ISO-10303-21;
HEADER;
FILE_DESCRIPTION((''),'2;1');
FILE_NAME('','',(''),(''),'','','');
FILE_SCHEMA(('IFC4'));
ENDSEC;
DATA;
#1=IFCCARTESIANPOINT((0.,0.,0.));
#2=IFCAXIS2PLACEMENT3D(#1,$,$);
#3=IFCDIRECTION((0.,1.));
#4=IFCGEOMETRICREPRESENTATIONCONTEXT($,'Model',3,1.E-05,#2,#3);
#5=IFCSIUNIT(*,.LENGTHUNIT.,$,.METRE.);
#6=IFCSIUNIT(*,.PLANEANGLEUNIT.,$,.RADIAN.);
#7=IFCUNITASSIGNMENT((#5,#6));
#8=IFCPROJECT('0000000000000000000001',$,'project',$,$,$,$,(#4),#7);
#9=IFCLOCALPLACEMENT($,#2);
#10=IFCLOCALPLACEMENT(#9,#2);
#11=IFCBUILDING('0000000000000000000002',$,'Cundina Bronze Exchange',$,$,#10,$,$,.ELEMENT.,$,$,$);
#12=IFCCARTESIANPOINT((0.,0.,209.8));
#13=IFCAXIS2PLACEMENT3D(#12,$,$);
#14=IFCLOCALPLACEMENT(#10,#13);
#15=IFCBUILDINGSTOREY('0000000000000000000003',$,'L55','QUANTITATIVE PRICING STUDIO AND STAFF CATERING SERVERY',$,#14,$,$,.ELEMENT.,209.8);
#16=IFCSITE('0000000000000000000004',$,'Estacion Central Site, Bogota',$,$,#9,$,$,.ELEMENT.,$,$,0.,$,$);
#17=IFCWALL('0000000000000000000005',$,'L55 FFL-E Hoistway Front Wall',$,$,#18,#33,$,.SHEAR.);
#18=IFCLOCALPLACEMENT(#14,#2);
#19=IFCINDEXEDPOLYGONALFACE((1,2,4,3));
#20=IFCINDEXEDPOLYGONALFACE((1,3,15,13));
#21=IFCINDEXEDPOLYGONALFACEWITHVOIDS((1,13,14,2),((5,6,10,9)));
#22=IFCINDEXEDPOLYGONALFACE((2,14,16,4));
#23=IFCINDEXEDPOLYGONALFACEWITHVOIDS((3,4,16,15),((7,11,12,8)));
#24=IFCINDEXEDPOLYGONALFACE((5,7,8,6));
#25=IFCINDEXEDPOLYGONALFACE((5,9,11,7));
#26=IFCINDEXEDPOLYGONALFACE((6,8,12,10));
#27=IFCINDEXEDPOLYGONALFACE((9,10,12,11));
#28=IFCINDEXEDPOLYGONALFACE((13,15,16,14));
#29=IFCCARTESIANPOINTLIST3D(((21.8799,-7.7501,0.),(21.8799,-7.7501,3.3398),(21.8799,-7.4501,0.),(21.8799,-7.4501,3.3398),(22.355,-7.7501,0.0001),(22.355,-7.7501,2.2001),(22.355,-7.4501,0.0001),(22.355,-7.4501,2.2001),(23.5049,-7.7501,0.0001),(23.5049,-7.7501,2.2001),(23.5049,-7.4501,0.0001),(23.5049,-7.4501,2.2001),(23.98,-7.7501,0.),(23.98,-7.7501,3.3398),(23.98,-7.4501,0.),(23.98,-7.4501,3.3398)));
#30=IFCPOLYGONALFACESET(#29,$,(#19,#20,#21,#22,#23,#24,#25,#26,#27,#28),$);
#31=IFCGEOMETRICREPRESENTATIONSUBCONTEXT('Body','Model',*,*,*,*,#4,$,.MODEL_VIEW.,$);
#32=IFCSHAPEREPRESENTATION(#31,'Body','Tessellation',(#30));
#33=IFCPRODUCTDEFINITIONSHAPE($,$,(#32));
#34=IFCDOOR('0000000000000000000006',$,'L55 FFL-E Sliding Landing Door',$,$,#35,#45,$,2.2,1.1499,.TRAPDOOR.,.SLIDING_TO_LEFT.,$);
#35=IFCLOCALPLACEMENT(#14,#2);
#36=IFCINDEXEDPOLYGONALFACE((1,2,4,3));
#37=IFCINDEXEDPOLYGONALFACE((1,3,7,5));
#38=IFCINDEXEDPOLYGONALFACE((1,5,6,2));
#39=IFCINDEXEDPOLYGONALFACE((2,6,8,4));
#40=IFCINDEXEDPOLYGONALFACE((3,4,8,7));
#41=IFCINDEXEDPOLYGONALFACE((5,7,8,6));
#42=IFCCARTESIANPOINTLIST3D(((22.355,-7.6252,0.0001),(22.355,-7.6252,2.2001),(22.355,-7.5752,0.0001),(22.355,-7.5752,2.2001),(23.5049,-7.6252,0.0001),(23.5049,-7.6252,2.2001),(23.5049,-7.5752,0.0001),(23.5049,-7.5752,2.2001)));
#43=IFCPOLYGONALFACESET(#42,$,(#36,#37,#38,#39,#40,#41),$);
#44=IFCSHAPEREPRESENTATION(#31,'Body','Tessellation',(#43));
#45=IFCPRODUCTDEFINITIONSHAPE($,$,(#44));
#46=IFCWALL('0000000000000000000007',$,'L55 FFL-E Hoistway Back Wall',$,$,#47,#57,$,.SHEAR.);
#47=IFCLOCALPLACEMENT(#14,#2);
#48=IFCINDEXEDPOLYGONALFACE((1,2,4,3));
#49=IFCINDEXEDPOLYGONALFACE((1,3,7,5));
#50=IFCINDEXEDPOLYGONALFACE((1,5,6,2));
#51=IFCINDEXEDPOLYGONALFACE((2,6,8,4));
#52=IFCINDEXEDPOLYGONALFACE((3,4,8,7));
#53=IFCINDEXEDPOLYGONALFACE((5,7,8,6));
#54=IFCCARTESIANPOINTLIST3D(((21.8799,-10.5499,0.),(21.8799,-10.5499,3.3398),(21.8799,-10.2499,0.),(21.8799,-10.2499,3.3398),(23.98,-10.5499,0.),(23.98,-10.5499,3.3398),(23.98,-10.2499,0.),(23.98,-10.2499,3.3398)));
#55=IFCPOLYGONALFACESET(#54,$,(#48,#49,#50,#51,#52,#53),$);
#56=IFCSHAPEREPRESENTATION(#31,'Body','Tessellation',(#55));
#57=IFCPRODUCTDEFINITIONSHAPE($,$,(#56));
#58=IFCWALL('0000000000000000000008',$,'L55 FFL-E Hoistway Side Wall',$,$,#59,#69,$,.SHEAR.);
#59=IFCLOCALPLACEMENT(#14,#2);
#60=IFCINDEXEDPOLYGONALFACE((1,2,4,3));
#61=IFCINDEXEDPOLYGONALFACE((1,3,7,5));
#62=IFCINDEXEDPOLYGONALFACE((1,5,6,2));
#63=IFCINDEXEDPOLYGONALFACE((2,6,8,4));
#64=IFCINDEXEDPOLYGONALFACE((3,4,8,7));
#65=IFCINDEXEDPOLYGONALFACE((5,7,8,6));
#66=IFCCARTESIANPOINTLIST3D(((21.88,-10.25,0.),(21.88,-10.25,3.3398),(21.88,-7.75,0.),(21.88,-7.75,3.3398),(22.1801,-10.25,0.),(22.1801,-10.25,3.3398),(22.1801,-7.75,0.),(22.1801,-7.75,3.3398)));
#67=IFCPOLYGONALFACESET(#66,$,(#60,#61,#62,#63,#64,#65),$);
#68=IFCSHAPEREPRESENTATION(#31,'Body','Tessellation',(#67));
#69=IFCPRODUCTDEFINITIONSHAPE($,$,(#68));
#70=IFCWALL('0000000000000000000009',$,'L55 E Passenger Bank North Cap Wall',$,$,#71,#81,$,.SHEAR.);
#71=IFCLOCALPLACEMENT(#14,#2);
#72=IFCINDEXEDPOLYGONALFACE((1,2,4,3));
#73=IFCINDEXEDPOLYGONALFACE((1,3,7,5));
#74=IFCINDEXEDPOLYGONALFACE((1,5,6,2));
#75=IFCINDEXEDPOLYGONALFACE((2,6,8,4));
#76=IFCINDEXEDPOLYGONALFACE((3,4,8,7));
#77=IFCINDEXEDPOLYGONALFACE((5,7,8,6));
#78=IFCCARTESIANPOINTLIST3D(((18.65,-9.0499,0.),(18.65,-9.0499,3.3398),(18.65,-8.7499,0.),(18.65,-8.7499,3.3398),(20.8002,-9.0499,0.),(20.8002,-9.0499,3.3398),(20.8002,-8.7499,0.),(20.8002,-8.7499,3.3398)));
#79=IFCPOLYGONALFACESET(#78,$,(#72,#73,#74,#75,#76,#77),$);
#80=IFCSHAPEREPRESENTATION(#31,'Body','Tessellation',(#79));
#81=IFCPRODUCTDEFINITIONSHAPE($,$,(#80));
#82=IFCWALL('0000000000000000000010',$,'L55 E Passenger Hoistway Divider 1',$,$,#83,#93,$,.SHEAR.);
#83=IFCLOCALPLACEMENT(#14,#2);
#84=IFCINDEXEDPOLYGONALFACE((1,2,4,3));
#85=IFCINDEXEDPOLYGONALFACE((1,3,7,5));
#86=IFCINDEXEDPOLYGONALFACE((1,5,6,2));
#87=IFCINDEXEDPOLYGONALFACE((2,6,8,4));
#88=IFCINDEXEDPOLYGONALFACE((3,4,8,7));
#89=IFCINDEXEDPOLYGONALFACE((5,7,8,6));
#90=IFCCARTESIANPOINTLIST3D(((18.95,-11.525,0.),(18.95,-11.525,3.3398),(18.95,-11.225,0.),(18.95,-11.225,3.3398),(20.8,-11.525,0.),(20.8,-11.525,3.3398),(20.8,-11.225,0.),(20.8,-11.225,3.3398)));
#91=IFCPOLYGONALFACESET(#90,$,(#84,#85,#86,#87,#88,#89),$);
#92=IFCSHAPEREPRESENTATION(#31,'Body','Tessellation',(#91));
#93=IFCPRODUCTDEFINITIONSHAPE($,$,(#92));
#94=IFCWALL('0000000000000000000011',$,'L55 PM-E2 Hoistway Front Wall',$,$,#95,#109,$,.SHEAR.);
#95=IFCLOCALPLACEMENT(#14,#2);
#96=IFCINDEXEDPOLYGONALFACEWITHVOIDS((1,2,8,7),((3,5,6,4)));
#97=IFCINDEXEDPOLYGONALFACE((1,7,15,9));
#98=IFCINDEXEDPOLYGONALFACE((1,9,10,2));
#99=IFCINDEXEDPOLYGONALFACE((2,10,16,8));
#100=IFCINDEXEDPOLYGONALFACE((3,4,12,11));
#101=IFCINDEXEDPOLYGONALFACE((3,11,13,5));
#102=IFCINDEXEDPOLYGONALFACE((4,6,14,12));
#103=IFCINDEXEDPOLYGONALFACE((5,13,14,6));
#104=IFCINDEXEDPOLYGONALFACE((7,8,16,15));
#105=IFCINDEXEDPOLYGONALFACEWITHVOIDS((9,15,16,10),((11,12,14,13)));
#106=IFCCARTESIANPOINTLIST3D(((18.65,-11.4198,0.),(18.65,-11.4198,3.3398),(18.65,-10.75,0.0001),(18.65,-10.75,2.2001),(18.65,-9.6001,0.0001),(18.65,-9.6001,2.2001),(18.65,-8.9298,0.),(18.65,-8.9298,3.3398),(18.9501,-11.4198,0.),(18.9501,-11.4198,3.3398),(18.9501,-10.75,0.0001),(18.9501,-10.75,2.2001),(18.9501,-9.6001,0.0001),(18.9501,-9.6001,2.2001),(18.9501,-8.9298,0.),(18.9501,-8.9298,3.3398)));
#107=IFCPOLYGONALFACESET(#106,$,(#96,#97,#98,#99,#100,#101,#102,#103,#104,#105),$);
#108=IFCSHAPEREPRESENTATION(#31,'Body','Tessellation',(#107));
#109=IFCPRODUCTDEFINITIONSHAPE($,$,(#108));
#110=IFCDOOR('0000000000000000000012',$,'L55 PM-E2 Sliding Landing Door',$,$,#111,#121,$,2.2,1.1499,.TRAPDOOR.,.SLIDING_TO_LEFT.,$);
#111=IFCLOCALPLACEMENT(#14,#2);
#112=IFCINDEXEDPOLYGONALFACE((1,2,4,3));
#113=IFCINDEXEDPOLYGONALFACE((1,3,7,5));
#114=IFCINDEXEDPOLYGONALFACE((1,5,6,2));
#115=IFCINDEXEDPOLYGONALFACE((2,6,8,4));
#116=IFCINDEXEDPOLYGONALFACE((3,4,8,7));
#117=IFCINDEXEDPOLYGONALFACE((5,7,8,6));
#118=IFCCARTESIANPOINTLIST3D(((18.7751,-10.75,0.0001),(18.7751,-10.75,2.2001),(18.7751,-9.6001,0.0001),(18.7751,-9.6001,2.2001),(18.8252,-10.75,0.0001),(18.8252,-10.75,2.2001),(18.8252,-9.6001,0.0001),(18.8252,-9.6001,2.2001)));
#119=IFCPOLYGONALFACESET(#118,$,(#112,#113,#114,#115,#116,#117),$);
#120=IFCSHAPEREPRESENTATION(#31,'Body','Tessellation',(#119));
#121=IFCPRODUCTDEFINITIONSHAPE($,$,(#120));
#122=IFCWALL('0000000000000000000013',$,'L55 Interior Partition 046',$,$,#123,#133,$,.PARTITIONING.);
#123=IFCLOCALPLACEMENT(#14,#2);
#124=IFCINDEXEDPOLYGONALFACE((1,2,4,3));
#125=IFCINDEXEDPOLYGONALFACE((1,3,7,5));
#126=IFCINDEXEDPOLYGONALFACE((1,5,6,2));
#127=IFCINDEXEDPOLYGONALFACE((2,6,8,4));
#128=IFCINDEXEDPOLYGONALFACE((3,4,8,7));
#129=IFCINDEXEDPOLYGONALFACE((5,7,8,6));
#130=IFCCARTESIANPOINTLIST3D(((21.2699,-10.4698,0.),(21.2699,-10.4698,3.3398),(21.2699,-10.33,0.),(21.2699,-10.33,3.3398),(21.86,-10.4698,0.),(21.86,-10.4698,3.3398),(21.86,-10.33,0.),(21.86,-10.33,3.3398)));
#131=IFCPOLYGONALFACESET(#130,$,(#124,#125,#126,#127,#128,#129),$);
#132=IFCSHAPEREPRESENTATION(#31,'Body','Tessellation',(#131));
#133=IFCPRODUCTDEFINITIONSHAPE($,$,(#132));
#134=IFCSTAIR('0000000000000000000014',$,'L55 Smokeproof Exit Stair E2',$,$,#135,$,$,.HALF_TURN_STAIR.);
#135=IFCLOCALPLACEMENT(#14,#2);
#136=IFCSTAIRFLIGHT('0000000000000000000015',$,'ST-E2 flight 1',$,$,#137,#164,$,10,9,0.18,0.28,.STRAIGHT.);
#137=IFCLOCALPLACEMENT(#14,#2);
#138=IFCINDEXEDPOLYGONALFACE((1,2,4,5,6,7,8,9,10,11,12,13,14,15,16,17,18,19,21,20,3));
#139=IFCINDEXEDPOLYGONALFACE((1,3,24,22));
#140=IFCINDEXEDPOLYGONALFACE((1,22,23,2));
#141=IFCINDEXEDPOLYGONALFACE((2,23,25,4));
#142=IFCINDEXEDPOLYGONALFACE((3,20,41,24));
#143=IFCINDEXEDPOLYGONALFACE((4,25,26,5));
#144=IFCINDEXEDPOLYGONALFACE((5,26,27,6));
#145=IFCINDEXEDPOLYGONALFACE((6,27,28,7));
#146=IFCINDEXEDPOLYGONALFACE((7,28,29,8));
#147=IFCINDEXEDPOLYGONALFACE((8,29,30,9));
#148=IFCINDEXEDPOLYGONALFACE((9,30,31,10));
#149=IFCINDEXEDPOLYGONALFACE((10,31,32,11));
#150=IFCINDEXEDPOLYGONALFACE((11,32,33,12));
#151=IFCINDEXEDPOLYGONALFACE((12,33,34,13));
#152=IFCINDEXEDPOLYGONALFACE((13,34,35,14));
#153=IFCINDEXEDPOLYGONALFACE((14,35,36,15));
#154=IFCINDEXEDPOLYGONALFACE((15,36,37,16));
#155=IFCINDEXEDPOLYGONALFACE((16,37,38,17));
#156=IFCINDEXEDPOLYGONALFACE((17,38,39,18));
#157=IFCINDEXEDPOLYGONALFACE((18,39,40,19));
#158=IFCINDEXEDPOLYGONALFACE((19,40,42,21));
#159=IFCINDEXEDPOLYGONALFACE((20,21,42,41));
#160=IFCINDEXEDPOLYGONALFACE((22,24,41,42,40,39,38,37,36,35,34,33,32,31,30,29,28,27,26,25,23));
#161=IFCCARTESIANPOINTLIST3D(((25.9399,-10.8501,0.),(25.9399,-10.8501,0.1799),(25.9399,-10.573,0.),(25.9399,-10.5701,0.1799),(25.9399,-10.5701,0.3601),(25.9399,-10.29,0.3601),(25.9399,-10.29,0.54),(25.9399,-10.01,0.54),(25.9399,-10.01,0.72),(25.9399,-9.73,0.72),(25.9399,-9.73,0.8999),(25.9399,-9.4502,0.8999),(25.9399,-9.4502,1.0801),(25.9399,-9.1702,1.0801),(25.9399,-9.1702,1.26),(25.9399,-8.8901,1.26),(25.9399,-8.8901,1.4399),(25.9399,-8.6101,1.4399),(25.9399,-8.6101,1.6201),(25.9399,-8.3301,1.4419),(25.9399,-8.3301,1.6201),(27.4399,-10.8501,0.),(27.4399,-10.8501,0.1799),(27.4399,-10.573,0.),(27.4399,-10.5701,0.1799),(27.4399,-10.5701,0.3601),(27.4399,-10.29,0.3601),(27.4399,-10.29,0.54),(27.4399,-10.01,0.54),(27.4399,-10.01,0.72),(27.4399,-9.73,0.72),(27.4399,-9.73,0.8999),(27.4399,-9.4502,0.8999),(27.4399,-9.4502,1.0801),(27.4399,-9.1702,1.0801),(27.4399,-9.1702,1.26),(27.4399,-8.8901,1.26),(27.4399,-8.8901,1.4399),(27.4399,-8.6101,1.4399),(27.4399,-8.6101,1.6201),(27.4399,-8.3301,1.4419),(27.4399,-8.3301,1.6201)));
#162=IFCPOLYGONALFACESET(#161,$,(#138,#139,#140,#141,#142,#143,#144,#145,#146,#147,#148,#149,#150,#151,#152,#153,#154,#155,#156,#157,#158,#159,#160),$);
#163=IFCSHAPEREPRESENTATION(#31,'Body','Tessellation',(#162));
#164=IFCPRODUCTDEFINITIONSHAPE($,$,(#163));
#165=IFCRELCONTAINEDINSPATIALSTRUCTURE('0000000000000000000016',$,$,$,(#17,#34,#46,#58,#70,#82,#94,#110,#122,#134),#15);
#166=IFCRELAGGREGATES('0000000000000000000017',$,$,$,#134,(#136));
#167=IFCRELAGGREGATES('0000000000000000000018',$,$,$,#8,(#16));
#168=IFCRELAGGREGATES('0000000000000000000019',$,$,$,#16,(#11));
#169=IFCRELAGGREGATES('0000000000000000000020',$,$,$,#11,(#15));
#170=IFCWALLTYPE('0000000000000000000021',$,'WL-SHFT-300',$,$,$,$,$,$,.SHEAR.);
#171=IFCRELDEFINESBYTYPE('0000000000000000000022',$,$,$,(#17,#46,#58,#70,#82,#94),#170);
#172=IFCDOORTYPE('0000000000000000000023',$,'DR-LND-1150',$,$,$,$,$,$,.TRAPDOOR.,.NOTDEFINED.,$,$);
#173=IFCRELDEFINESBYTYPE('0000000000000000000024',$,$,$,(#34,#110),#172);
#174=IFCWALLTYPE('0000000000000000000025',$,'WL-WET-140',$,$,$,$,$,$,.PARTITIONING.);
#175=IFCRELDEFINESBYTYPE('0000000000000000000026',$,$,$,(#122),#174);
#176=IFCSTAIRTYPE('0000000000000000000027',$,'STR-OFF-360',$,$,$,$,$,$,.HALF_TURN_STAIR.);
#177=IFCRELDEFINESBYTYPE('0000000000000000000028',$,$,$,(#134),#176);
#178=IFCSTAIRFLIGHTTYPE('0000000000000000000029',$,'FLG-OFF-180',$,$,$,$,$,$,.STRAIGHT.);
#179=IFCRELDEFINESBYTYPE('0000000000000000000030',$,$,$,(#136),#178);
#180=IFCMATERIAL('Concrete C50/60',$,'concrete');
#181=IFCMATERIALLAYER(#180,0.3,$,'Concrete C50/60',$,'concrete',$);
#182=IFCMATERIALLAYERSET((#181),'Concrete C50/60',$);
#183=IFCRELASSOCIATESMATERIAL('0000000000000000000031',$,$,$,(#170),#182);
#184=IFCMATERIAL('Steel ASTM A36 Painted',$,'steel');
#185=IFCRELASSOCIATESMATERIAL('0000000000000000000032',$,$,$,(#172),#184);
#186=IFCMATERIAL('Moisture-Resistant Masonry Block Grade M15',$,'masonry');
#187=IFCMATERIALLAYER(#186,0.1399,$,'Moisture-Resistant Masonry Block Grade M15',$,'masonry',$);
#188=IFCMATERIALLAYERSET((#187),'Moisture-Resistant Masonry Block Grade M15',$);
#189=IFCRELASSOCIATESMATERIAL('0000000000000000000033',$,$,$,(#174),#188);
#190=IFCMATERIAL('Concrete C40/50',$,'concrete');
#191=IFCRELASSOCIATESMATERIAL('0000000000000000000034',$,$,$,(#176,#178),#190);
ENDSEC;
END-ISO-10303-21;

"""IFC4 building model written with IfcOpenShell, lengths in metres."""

from ifc_helpers import new_model, si_unit, direction, frame, frame_2d, origin, place, context, subcontext, project, spatial, polyline, rectangle, outline, extrude, material, layer, layer_set, type_object, element, fill, aggregate, save


model = new_model("IFC4")

# Units and contexts
model_context = context("Model", 3, precision=1e-05, world=origin(), true_north=direction((0.0, 1.0)))
body_context = subcontext(model_context, "Body", "Model", "MODEL_VIEW")
ifc_project = project(units=[si_unit("LENGTHUNIT", "METRE"), si_unit("PLANEANGLEUNIT", "RADIAN")], contexts=[model_context])

# Site, building, storey
site_placement = place(None, origin())
site = spatial("IfcSite", under=ifc_project, at=site_placement, Name="Estacion Central Site, Bogota", CompositionType="ELEMENT", RefElevation=0.0)
building_placement = place(site_placement, origin())
building = spatial("IfcBuilding", under=site, at=building_placement, Name="Cundina Bronze Exchange", CompositionType="ELEMENT")
storey_placement = place(building_placement, frame((0.0, 0.0, 209.8)))
storey = spatial("IfcBuildingStorey", under=building, at=storey_placement, Name="L55", Description="QUANTITATIVE PRICING STUDIO AND STAFF CATERING SERVERY", CompositionType="ELEMENT", Elevation=209.8)

# Shared definitions
ifc_material_1 = material(Name="Concrete C50/60", Category="concrete")

# Shared definitions
ifc_layer_1 = layer(ifc_material_1, 0.3, Name="Concrete C50/60", Category="concrete")
ifc_layer_set_1 = layer_set([ifc_layer_1], Name="Concrete C50/60")
wall_type_1 = type_object("IfcWallType", Name="WL-SHFT-300", PredefinedType="SHEAR", material=ifc_layer_set_1)

# Wall, opening, door
ifc_material_2 = material(Name="Steel ASTM A36 Painted", Category="steel")
wall_1_placement = place(storey_placement, frame((21.8799, -7.6001, 0.0), z_axis=(0.0, 0.0, 1.0), x_axis=(1.0, 0.0, 0.0)))
wall_1 = element("IfcWall", 1, at=wall_1_placement, inside=storey, type_object=wall_type_1, Name="L55 FFL-E Hoistway Front Wall", PredefinedType="SHEAR", context=body_context, shape_type="SweptSolid", body=[
    extrude(rectangle(XDim=2.1001, YDim=0.3, at=frame_2d((1.05, 0.0))), origin(), (0.0, 0.0, 1.0), 3.3398),
])
opening_1_placement = place(wall_1_placement, frame((0.4751, 0.0, 0.0)))
opening_1 = element("IfcOpeningElement", 2, at=opening_1_placement, cuts=wall_1, PredefinedType="OPENING", context=body_context, shape_type="SweptSolid", body=[
    extrude(rectangle(XDim=1.1499, YDim=2.2, at=frame_2d((0.575, 1.1001))), frame((0.0, 0.1599, 0.0), z_axis=(0.0, -1.0, 0.0), x_axis=(1.0, 0.0, 0.0)), (0.0, 0.0, 1.0), 0.3201),
])
door_type_1 = type_object("IfcDoorType", Name="DR-LND-1150", OperationType="NOTDEFINED", PredefinedType="TRAPDOOR", material=ifc_material_2)
door_1_placement = place(opening_1_placement, origin())
door_1 = element("IfcDoor", 3, at=door_1_placement, inside=storey, type_object=door_type_1, Name="L55 FFL-E Sliding Landing Door", OperationType="SLIDING_TO_LEFT", OverallHeight=2.2, OverallWidth=1.1499, PredefinedType="TRAPDOOR", context=body_context, shape_type="SweptSolid", body=[
    extrude(rectangle(XDim=1.1499, YDim=2.2, at=frame_2d((0.575, 1.1001))), frame((0.0, 0.0249, 0.0), z_axis=(0.0, -1.0, 0.0), x_axis=(1.0, 0.0, 0.0)), (0.0, 0.0, 1.0), 0.05),
])
fill(opening_1, door_1)

# Walls
wall_2_placement = place(storey_placement, frame((21.8799, -10.3999, 0.0), z_axis=(0.0, 0.0, 1.0), x_axis=(1.0, 0.0, 0.0)))
element("IfcWall", 4, at=wall_2_placement, inside=storey, type_object=wall_type_1, Name="L55 FFL-E Hoistway Back Wall", PredefinedType="SHEAR", context=body_context, shape_type="SweptSolid", body=[
    extrude(rectangle(XDim=2.1001, YDim=0.3, at=frame_2d((1.05, 0.0))), origin(), (0.0, 0.0, 1.0), 3.3398),
])
wall_3_placement = place(storey_placement, frame((22.03, -10.25, 0.0), z_axis=(0.0, 0.0, 1.0), x_axis=(0.0, 1.0, 0.0)))
element("IfcWall", 5, at=wall_3_placement, inside=storey, type_object=wall_type_1, Name="L55 FFL-E Hoistway Side Wall", PredefinedType="SHEAR", context=body_context, shape_type="SweptSolid", body=[
    extrude(rectangle(XDim=2.5, YDim=0.3, at=frame_2d((1.25, 0.0))), origin(), (0.0, 0.0, 1.0), 3.3398),
])
wall_4_placement = place(storey_placement, frame((18.6499, -8.8999, 0.0), z_axis=(0.0, 0.0, 1.0), x_axis=(1.0, 0.0, 0.0)))
element("IfcWall", 6, at=wall_4_placement, inside=storey, type_object=wall_type_1, Name="L55 E Passenger Bank North Cap Wall", PredefinedType="SHEAR", context=body_context, shape_type="SweptSolid", body=[
    extrude(rectangle(XDim=2.1501, YDim=0.3, at=frame_2d((1.0752, 0.0))), origin(), (0.0, 0.0, 1.0), 3.3398),
])
wall_5_placement = place(storey_placement, frame((18.95, -11.375, 0.0), z_axis=(0.0, 0.0, 1.0), x_axis=(1.0, 0.0, 0.0)))
element("IfcWall", 7, at=wall_5_placement, inside=storey, type_object=wall_type_1, Name="L55 E Passenger Hoistway Divider 1", PredefinedType="SHEAR", context=body_context, shape_type="SweptSolid", body=[
    extrude(rectangle(XDim=1.8501, YDim=0.3, at=frame_2d((0.925, 0.0))), origin(), (0.0, 0.0, 1.0), 3.3398),
])

# Wall, opening, door
wall_6_placement = place(storey_placement, frame((18.8, -11.4199, 0.0), z_axis=(0.0, 0.0, 1.0), x_axis=(0.0, 1.0, 0.0)))
wall_6 = element("IfcWall", 8, at=wall_6_placement, inside=storey, type_object=wall_type_1, Name="L55 PM-E2 Hoistway Front Wall", PredefinedType="SHEAR", context=body_context, shape_type="SweptSolid", body=[
    extrude(rectangle(XDim=2.49, YDim=0.3, at=frame_2d((1.2451, 0.0))), origin(), (0.0, 0.0, 1.0), 3.3398),
])
opening_2_placement = place(wall_6_placement, frame((0.6699, 0.0, 0.0)))
opening_2 = element("IfcOpeningElement", 9, at=opening_2_placement, cuts=wall_6, PredefinedType="OPENING", context=body_context, shape_type="SweptSolid", body=[
    extrude(rectangle(XDim=1.1499, YDim=2.2, at=frame_2d((0.575, 1.1001))), frame((0.0, 0.1599, 0.0), z_axis=(0.0, -1.0, 0.0), x_axis=(1.0, 0.0, 0.0)), (0.0, 0.0, 1.0), 0.3201),
])
door_2_placement = place(opening_2_placement, origin())
door_2 = element("IfcDoor", 10, at=door_2_placement, inside=storey, type_object=door_type_1, Name="L55 PM-E2 Sliding Landing Door", OperationType="SLIDING_TO_LEFT", OverallHeight=2.2, OverallWidth=1.1499, PredefinedType="TRAPDOOR", context=body_context, shape_type="SweptSolid", body=[
    extrude(rectangle(XDim=1.1499, YDim=2.2, at=frame_2d((0.575, 1.1001))), frame((0.0, 0.0249, 0.0), z_axis=(0.0, -1.0, 0.0), x_axis=(1.0, 0.0, 0.0)), (0.0, 0.0, 1.0), 0.05),
])
fill(opening_2, door_2)

# Wall
ifc_material_3 = material(Name="Moisture-Resistant Masonry Block Grade M15", Category="masonry")
ifc_layer_2 = layer(ifc_material_3, 0.1399, Name="Moisture-Resistant Masonry Block Grade M15", Category="masonry")
ifc_layer_set_2 = layer_set([ifc_layer_2], Name="Moisture-Resistant Masonry Block Grade M15")
wall_type_2 = type_object("IfcWallType", Name="WL-WET-140", PredefinedType="PARTITIONING", material=ifc_layer_set_2)
wall_7_placement = place(storey_placement, frame((21.27, -10.3999, 0.0), z_axis=(0.0, 0.0, 1.0), x_axis=(1.0, 0.0, 0.0)))
element("IfcWall", 11, at=wall_7_placement, inside=storey, type_object=wall_type_2, Name="L55 Interior Partition 046", PredefinedType="PARTITIONING", context=body_context, shape_type="SweptSolid", body=[
    extrude(rectangle(XDim=0.5901, YDim=0.1399, at=frame_2d((0.2949, 0.0))), origin(), (0.0, 0.0, 1.0), 3.3398),
])

# Stair, stair flight
ifc_material_4 = material(Name="Concrete C40/50", Category="concrete")
stair_type = type_object("IfcStairType", Name="STR-OFF-360", PredefinedType="HALF_TURN_STAIR", material=ifc_material_4)
stair_placement = place(storey_placement, origin())
stair = element("IfcStair", 12, at=stair_placement, inside=storey, type_object=stair_type, Name="L55 Smokeproof Exit Stair E2", PredefinedType="HALF_TURN_STAIR")
stair_flight_type = type_object("IfcStairFlightType", Name="FLG-OFF-180", PredefinedType="STRAIGHT", material=ifc_material_4)
stair_flight_1_placement = place(storey_placement, frame((26.6899, -10.8501, 0.0), z_axis=(0.0, 0.0, 1.0), x_axis=(0.0, 1.0, 0.0)))
stair_flight_1 = element("IfcStairFlight", 13, at=stair_flight_1_placement, type_object=stair_flight_type, Name="ST-E2 flight 1", NumberOfRisers=10, NumberOfTreads=9, PredefinedType="STRAIGHT", RiserHeight=0.18, TreadLength=0.28, context=body_context, shape_type="SweptSolid", body=[
    extrude(outline(polyline([(0.0, 0.0), (0.0, 0.1799), (0.28, 0.1799), (0.28, 0.3601), (0.5601, 0.3601), (0.5601, 0.54), (0.8401, 0.54), (0.8401, 0.72), (1.1201, 0.72), (1.1201, 0.8999), (1.3999, 0.8999), (1.3999, 1.0801), (1.6799, 1.0801), (1.6799, 1.26), (1.96, 1.26), (1.96, 1.4399), (2.24, 1.4399), (2.24, 1.6201), (2.52, 1.6201), (2.52, 1.8), (2.52, 1.4419), (0.2771, 0.0), (0.0, 0.0)])), frame((0.0, 0.75, 0.0), z_axis=(0.0, -1.0, 0.0), x_axis=(1.0, 0.0, 0.0)), (0.0, 0.0, 1.0), 1.5),
])
aggregate(stair, [stair_flight_1])

save(model, "model.ifc")
